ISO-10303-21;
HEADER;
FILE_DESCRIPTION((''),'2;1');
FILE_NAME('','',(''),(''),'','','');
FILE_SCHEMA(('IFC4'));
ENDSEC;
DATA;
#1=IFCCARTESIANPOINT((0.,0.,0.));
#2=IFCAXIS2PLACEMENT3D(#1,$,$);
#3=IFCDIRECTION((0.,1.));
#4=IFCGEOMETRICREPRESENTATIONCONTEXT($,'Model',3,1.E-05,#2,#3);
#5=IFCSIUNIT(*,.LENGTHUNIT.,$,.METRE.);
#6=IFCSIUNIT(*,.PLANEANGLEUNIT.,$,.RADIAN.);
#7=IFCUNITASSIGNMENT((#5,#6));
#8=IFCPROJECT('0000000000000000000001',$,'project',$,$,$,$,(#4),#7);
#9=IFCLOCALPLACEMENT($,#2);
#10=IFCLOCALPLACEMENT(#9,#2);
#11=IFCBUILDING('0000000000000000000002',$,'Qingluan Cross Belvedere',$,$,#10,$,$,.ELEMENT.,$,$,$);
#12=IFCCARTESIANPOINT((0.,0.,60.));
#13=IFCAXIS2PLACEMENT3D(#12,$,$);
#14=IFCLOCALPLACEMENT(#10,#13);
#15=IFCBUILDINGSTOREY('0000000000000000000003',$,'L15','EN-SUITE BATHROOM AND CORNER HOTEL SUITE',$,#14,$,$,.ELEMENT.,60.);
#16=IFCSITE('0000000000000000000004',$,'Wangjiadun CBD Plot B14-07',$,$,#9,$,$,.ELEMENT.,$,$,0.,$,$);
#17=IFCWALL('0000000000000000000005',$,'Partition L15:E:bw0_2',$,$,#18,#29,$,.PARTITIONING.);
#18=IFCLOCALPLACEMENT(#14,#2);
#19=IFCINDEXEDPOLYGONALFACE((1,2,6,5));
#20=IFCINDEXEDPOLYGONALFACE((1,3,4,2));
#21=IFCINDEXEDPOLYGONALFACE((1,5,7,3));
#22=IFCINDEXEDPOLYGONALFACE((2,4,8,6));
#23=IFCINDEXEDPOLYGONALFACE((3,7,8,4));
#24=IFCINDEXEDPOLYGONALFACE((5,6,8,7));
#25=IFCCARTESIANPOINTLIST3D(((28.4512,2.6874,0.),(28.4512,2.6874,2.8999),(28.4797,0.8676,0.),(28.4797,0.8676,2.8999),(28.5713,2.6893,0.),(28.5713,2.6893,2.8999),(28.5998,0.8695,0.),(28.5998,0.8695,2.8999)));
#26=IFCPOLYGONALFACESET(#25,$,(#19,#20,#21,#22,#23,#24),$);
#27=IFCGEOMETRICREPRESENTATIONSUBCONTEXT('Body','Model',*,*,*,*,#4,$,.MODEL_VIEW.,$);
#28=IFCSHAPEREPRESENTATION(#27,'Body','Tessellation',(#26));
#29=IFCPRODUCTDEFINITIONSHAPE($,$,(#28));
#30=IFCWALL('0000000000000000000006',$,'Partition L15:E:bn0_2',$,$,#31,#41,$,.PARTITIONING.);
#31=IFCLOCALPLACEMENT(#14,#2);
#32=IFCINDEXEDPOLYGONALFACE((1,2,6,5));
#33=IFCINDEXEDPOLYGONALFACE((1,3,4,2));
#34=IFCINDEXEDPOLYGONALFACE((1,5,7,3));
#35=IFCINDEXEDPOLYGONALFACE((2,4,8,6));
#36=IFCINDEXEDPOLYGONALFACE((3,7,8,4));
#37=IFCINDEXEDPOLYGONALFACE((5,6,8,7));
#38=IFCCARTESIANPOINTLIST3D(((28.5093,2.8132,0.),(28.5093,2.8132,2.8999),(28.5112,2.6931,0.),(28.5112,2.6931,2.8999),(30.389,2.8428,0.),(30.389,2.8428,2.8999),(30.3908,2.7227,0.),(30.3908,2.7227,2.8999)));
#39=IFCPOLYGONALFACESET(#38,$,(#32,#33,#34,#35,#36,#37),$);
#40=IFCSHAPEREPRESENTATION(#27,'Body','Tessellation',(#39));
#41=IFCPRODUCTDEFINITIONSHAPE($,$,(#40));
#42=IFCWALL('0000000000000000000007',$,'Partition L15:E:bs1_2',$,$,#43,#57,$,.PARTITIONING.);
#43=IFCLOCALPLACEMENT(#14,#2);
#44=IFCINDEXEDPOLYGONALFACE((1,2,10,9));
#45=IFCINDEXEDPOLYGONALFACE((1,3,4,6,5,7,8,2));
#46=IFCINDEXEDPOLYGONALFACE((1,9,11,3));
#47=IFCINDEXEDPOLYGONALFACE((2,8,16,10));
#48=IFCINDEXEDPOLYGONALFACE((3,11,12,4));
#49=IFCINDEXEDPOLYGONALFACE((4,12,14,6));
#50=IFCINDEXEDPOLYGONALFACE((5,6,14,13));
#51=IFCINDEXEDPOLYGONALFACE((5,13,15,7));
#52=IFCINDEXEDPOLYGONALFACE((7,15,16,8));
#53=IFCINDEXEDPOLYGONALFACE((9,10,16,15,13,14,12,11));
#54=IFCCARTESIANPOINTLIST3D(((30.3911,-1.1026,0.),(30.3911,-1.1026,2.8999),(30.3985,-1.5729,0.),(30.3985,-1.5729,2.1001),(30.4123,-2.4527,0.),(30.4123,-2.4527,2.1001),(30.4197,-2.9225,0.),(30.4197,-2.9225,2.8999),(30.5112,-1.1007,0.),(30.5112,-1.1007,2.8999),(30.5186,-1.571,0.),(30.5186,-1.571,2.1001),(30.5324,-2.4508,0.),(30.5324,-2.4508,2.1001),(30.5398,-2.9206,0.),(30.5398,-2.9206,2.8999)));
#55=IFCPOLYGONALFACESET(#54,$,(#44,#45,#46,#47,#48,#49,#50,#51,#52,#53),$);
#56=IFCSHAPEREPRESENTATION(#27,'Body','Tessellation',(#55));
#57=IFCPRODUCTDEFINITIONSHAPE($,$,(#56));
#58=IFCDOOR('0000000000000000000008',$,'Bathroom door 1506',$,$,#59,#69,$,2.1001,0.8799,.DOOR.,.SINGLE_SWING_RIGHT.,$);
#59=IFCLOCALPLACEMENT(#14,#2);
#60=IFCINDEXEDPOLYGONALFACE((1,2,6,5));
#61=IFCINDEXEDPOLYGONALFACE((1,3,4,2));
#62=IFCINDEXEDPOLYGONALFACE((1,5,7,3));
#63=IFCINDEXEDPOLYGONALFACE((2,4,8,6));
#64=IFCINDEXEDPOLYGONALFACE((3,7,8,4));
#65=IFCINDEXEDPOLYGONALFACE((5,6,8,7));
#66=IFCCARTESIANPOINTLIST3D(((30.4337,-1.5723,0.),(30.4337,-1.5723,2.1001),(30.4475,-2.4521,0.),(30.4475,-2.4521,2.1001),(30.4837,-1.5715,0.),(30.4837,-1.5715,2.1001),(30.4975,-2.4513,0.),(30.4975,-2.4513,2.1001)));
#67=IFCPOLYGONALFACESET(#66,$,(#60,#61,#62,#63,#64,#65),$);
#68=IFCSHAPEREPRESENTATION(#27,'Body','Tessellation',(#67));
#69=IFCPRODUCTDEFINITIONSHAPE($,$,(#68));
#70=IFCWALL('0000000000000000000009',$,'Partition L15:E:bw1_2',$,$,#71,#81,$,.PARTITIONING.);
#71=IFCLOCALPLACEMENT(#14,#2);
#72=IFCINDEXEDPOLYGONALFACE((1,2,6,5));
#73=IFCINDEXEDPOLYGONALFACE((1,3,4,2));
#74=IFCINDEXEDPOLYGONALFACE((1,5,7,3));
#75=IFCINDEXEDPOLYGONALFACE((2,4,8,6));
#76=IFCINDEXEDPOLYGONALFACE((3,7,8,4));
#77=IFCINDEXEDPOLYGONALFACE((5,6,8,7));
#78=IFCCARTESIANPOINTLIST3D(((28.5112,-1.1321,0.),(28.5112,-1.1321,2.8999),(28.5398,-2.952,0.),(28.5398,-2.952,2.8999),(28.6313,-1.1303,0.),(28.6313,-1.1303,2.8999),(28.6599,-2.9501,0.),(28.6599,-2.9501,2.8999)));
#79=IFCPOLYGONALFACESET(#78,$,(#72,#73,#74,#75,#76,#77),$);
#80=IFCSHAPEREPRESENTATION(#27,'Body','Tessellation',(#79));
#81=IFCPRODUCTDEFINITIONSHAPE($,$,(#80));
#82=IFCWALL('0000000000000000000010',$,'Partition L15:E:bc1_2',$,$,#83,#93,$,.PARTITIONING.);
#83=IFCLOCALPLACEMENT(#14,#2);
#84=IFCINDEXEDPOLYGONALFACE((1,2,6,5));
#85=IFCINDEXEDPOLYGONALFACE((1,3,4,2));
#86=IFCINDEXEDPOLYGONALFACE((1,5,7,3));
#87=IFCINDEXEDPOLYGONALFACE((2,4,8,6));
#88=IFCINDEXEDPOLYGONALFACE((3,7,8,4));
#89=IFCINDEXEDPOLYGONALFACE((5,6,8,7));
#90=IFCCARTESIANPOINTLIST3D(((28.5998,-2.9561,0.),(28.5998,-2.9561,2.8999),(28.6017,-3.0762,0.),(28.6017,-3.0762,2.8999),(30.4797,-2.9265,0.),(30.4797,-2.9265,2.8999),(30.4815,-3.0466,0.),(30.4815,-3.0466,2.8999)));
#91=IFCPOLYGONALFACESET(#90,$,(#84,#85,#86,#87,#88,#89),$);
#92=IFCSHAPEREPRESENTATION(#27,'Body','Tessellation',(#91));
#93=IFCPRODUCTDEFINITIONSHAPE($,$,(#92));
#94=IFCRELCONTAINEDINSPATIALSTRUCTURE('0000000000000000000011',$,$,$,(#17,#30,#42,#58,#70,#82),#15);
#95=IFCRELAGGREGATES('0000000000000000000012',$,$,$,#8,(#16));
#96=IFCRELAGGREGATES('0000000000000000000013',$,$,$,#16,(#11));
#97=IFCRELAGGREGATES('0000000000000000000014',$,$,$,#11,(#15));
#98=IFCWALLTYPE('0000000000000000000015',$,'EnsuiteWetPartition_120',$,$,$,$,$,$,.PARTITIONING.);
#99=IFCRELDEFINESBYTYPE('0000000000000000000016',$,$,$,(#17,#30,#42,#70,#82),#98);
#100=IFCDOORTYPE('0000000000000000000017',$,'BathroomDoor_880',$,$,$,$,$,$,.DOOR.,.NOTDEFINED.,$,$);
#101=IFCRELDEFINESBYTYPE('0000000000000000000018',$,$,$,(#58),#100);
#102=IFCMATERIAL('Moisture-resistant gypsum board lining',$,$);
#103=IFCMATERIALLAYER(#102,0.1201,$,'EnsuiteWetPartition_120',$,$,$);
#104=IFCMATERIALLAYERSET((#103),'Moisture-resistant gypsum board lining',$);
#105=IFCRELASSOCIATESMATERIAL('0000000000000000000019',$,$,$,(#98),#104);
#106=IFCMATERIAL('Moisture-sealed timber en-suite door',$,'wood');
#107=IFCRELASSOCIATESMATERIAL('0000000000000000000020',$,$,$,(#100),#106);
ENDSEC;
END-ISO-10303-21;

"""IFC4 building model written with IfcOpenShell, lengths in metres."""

from ifc_helpers import new_model, si_unit, direction, frame, frame_2d, origin, place, context, subcontext, project, spatial, rectangle, extrude, material, layer, layer_set, type_object, element, fill, save


model = new_model("IFC4")

# Units and contexts
model_context = context("Model", 3, precision=1e-05, world=origin(), true_north=direction((0.0, 1.0)))
body_context = subcontext(model_context, "Body", "Model", "MODEL_VIEW")
ifc_project = project(units=[si_unit("LENGTHUNIT", "METRE"), si_unit("PLANEANGLEUNIT", "RADIAN")], contexts=[model_context])

# Site, building, storey
site_placement = place(None, origin())
site = spatial("IfcSite", under=ifc_project, at=site_placement, Name="Wangjiadun CBD Plot B14-07", CompositionType="ELEMENT", RefElevation=0.0)
building_placement = place(site_placement, origin())
building = spatial("IfcBuilding", under=site, at=building_placement, Name="Qingluan Cross Belvedere", CompositionType="ELEMENT")
storey_placement = place(building_placement, frame((0.0, 0.0, 60.0)))
storey = spatial("IfcBuildingStorey", under=building, at=storey_placement, Name="L15", Description="EN-SUITE BATHROOM AND CORNER HOTEL SUITE", CompositionType="ELEMENT", Elevation=60.0)

# Shared definitions
ifc_material_1 = material(Name="Moisture-resistant gypsum board lining")
ifc_layer_1 = layer(ifc_material_1, 0.1201, Name="EnsuiteWetPartition_120")
ifc_layer_set_1 = layer_set([ifc_layer_1], Name="Moisture-resistant gypsum board lining")
wall_type_1 = type_object("IfcWallType", Name="EnsuiteWetPartition_120", PredefinedType="PARTITIONING", material=ifc_layer_set_1)
ifc_material_2 = material(Name="Moisture-sealed timber en-suite door", Category="wood")
door_type_1 = type_object("IfcDoorType", Name="BathroomDoor_880", OperationType="NOTDEFINED", PredefinedType="DOOR", material=ifc_material_2)

# Walls
wall_1_placement = place(storey_placement, frame((28.5398, 0.8684, 0.0), z_axis=(0.0, 0.0, 1.0), x_axis=(-0.015694, 0.999877, 0.0)))
element("IfcWall", 1, at=wall_1_placement, inside=storey, type_object=wall_type_1, Name="Partition L15:E:bw0_2", PredefinedType="PARTITIONING", context=body_context, shape_type="SweptSolid", body=[
    extrude(rectangle(XDim=1.8201, YDim=0.1201, at=frame_2d((0.9102, 0.0))), origin(), (0.0, 0.0, 1.0), 2.8999),
])
wall_2_placement = place(storey_placement, frame((28.5103, 2.7532, 0.0), z_axis=(0.0, 0.0, 1.0), x_axis=(0.999877, 0.015714, 0.0)))
element("IfcWall", 2, at=wall_2_placement, inside=storey, type_object=wall_type_1, Name="Partition L15:E:bn0_2", PredefinedType="PARTITIONING", context=body_context, shape_type="SweptSolid", body=[
    extrude(rectangle(XDim=1.8799, YDim=0.1201, at=frame_2d((0.9399, 0.0))), origin(), (0.0, 0.0, 1.0), 2.8999),
])

# Wall, opening, door
wall_3_placement = place(storey_placement, frame((30.4797, -2.9216, 0.0), z_axis=(0.0, 0.0, 1.0), x_axis=(-0.015694, 0.999877, 0.0)))
wall_3 = element("IfcWall", 3, at=wall_3_placement, inside=storey, type_object=wall_type_1, Name="Partition L15:E:bs1_2", PredefinedType="PARTITIONING", context=body_context, shape_type="SweptSolid", body=[
    extrude(rectangle(XDim=1.8201, YDim=0.1201, at=frame_2d((0.9102, 0.0))), origin(), (0.0, 0.0, 1.0), 2.8999),
])
opening_1_placement = place(wall_3_placement, frame((0.47, 0.0, 0.0)))
opening_1 = element("IfcOpeningElement", 4, at=opening_1_placement, cuts=wall_3, PredefinedType="OPENING", context=body_context, shape_type="SweptSolid", body=[
    extrude(rectangle(XDim=0.8799, YDim=2.1001, at=frame_2d((0.4399, 1.05))), frame((0.0, 0.0701, 0.0), z_axis=(0.0, -1.0, 0.0), x_axis=(1.0, 0.0, 0.0)), (0.0, 0.0, 1.0), 0.1401),
])
door_1_placement = place(opening_1_placement, origin())
door_1 = element("IfcDoor", 5, at=door_1_placement, inside=storey, type_object=door_type_1, Name="Bathroom door 1506", OperationType="SINGLE_SWING_RIGHT", OverallHeight=2.1001, OverallWidth=0.8799, PredefinedType="DOOR", context=body_context, shape_type="SweptSolid", body=[
    extrude(rectangle(XDim=0.8799, YDim=2.1001, at=frame_2d((0.4399, 1.05))), frame((0.0, 0.0249, 0.0), z_axis=(0.0, -1.0, 0.0), x_axis=(1.0, 0.0, 0.0)), (0.0, 0.0, 1.0), 0.05),
])
fill(opening_1, door_1)

# Walls
wall_4_placement = place(storey_placement, frame((28.5999, -2.9512, 0.0), z_axis=(0.0, 0.0, 1.0), x_axis=(-0.015694, 0.999877, 0.0)))
element("IfcWall", 6, at=wall_4_placement, inside=storey, type_object=wall_type_1, Name="Partition L15:E:bw1_2", PredefinedType="PARTITIONING", context=body_context, shape_type="SweptSolid", body=[
    extrude(rectangle(XDim=1.8201, YDim=0.1201, at=frame_2d((0.9102, 0.0))), origin(), (0.0, 0.0, 1.0), 2.8999),
])
wall_5_placement = place(storey_placement, frame((28.6008, -3.0161, 0.0), z_axis=(0.0, 0.0, 1.0), x_axis=(0.999877, 0.015712, 0.0)))
element("IfcWall", 7, at=wall_5_placement, inside=storey, type_object=wall_type_1, Name="Partition L15:E:bc1_2", PredefinedType="PARTITIONING", context=body_context, shape_type="SweptSolid", body=[
    extrude(rectangle(XDim=1.8801, YDim=0.1201, at=frame_2d((0.9399, 0.0))), origin(), (0.0, 0.0, 1.0), 2.8999),
])

save(model, "model.ifc")
